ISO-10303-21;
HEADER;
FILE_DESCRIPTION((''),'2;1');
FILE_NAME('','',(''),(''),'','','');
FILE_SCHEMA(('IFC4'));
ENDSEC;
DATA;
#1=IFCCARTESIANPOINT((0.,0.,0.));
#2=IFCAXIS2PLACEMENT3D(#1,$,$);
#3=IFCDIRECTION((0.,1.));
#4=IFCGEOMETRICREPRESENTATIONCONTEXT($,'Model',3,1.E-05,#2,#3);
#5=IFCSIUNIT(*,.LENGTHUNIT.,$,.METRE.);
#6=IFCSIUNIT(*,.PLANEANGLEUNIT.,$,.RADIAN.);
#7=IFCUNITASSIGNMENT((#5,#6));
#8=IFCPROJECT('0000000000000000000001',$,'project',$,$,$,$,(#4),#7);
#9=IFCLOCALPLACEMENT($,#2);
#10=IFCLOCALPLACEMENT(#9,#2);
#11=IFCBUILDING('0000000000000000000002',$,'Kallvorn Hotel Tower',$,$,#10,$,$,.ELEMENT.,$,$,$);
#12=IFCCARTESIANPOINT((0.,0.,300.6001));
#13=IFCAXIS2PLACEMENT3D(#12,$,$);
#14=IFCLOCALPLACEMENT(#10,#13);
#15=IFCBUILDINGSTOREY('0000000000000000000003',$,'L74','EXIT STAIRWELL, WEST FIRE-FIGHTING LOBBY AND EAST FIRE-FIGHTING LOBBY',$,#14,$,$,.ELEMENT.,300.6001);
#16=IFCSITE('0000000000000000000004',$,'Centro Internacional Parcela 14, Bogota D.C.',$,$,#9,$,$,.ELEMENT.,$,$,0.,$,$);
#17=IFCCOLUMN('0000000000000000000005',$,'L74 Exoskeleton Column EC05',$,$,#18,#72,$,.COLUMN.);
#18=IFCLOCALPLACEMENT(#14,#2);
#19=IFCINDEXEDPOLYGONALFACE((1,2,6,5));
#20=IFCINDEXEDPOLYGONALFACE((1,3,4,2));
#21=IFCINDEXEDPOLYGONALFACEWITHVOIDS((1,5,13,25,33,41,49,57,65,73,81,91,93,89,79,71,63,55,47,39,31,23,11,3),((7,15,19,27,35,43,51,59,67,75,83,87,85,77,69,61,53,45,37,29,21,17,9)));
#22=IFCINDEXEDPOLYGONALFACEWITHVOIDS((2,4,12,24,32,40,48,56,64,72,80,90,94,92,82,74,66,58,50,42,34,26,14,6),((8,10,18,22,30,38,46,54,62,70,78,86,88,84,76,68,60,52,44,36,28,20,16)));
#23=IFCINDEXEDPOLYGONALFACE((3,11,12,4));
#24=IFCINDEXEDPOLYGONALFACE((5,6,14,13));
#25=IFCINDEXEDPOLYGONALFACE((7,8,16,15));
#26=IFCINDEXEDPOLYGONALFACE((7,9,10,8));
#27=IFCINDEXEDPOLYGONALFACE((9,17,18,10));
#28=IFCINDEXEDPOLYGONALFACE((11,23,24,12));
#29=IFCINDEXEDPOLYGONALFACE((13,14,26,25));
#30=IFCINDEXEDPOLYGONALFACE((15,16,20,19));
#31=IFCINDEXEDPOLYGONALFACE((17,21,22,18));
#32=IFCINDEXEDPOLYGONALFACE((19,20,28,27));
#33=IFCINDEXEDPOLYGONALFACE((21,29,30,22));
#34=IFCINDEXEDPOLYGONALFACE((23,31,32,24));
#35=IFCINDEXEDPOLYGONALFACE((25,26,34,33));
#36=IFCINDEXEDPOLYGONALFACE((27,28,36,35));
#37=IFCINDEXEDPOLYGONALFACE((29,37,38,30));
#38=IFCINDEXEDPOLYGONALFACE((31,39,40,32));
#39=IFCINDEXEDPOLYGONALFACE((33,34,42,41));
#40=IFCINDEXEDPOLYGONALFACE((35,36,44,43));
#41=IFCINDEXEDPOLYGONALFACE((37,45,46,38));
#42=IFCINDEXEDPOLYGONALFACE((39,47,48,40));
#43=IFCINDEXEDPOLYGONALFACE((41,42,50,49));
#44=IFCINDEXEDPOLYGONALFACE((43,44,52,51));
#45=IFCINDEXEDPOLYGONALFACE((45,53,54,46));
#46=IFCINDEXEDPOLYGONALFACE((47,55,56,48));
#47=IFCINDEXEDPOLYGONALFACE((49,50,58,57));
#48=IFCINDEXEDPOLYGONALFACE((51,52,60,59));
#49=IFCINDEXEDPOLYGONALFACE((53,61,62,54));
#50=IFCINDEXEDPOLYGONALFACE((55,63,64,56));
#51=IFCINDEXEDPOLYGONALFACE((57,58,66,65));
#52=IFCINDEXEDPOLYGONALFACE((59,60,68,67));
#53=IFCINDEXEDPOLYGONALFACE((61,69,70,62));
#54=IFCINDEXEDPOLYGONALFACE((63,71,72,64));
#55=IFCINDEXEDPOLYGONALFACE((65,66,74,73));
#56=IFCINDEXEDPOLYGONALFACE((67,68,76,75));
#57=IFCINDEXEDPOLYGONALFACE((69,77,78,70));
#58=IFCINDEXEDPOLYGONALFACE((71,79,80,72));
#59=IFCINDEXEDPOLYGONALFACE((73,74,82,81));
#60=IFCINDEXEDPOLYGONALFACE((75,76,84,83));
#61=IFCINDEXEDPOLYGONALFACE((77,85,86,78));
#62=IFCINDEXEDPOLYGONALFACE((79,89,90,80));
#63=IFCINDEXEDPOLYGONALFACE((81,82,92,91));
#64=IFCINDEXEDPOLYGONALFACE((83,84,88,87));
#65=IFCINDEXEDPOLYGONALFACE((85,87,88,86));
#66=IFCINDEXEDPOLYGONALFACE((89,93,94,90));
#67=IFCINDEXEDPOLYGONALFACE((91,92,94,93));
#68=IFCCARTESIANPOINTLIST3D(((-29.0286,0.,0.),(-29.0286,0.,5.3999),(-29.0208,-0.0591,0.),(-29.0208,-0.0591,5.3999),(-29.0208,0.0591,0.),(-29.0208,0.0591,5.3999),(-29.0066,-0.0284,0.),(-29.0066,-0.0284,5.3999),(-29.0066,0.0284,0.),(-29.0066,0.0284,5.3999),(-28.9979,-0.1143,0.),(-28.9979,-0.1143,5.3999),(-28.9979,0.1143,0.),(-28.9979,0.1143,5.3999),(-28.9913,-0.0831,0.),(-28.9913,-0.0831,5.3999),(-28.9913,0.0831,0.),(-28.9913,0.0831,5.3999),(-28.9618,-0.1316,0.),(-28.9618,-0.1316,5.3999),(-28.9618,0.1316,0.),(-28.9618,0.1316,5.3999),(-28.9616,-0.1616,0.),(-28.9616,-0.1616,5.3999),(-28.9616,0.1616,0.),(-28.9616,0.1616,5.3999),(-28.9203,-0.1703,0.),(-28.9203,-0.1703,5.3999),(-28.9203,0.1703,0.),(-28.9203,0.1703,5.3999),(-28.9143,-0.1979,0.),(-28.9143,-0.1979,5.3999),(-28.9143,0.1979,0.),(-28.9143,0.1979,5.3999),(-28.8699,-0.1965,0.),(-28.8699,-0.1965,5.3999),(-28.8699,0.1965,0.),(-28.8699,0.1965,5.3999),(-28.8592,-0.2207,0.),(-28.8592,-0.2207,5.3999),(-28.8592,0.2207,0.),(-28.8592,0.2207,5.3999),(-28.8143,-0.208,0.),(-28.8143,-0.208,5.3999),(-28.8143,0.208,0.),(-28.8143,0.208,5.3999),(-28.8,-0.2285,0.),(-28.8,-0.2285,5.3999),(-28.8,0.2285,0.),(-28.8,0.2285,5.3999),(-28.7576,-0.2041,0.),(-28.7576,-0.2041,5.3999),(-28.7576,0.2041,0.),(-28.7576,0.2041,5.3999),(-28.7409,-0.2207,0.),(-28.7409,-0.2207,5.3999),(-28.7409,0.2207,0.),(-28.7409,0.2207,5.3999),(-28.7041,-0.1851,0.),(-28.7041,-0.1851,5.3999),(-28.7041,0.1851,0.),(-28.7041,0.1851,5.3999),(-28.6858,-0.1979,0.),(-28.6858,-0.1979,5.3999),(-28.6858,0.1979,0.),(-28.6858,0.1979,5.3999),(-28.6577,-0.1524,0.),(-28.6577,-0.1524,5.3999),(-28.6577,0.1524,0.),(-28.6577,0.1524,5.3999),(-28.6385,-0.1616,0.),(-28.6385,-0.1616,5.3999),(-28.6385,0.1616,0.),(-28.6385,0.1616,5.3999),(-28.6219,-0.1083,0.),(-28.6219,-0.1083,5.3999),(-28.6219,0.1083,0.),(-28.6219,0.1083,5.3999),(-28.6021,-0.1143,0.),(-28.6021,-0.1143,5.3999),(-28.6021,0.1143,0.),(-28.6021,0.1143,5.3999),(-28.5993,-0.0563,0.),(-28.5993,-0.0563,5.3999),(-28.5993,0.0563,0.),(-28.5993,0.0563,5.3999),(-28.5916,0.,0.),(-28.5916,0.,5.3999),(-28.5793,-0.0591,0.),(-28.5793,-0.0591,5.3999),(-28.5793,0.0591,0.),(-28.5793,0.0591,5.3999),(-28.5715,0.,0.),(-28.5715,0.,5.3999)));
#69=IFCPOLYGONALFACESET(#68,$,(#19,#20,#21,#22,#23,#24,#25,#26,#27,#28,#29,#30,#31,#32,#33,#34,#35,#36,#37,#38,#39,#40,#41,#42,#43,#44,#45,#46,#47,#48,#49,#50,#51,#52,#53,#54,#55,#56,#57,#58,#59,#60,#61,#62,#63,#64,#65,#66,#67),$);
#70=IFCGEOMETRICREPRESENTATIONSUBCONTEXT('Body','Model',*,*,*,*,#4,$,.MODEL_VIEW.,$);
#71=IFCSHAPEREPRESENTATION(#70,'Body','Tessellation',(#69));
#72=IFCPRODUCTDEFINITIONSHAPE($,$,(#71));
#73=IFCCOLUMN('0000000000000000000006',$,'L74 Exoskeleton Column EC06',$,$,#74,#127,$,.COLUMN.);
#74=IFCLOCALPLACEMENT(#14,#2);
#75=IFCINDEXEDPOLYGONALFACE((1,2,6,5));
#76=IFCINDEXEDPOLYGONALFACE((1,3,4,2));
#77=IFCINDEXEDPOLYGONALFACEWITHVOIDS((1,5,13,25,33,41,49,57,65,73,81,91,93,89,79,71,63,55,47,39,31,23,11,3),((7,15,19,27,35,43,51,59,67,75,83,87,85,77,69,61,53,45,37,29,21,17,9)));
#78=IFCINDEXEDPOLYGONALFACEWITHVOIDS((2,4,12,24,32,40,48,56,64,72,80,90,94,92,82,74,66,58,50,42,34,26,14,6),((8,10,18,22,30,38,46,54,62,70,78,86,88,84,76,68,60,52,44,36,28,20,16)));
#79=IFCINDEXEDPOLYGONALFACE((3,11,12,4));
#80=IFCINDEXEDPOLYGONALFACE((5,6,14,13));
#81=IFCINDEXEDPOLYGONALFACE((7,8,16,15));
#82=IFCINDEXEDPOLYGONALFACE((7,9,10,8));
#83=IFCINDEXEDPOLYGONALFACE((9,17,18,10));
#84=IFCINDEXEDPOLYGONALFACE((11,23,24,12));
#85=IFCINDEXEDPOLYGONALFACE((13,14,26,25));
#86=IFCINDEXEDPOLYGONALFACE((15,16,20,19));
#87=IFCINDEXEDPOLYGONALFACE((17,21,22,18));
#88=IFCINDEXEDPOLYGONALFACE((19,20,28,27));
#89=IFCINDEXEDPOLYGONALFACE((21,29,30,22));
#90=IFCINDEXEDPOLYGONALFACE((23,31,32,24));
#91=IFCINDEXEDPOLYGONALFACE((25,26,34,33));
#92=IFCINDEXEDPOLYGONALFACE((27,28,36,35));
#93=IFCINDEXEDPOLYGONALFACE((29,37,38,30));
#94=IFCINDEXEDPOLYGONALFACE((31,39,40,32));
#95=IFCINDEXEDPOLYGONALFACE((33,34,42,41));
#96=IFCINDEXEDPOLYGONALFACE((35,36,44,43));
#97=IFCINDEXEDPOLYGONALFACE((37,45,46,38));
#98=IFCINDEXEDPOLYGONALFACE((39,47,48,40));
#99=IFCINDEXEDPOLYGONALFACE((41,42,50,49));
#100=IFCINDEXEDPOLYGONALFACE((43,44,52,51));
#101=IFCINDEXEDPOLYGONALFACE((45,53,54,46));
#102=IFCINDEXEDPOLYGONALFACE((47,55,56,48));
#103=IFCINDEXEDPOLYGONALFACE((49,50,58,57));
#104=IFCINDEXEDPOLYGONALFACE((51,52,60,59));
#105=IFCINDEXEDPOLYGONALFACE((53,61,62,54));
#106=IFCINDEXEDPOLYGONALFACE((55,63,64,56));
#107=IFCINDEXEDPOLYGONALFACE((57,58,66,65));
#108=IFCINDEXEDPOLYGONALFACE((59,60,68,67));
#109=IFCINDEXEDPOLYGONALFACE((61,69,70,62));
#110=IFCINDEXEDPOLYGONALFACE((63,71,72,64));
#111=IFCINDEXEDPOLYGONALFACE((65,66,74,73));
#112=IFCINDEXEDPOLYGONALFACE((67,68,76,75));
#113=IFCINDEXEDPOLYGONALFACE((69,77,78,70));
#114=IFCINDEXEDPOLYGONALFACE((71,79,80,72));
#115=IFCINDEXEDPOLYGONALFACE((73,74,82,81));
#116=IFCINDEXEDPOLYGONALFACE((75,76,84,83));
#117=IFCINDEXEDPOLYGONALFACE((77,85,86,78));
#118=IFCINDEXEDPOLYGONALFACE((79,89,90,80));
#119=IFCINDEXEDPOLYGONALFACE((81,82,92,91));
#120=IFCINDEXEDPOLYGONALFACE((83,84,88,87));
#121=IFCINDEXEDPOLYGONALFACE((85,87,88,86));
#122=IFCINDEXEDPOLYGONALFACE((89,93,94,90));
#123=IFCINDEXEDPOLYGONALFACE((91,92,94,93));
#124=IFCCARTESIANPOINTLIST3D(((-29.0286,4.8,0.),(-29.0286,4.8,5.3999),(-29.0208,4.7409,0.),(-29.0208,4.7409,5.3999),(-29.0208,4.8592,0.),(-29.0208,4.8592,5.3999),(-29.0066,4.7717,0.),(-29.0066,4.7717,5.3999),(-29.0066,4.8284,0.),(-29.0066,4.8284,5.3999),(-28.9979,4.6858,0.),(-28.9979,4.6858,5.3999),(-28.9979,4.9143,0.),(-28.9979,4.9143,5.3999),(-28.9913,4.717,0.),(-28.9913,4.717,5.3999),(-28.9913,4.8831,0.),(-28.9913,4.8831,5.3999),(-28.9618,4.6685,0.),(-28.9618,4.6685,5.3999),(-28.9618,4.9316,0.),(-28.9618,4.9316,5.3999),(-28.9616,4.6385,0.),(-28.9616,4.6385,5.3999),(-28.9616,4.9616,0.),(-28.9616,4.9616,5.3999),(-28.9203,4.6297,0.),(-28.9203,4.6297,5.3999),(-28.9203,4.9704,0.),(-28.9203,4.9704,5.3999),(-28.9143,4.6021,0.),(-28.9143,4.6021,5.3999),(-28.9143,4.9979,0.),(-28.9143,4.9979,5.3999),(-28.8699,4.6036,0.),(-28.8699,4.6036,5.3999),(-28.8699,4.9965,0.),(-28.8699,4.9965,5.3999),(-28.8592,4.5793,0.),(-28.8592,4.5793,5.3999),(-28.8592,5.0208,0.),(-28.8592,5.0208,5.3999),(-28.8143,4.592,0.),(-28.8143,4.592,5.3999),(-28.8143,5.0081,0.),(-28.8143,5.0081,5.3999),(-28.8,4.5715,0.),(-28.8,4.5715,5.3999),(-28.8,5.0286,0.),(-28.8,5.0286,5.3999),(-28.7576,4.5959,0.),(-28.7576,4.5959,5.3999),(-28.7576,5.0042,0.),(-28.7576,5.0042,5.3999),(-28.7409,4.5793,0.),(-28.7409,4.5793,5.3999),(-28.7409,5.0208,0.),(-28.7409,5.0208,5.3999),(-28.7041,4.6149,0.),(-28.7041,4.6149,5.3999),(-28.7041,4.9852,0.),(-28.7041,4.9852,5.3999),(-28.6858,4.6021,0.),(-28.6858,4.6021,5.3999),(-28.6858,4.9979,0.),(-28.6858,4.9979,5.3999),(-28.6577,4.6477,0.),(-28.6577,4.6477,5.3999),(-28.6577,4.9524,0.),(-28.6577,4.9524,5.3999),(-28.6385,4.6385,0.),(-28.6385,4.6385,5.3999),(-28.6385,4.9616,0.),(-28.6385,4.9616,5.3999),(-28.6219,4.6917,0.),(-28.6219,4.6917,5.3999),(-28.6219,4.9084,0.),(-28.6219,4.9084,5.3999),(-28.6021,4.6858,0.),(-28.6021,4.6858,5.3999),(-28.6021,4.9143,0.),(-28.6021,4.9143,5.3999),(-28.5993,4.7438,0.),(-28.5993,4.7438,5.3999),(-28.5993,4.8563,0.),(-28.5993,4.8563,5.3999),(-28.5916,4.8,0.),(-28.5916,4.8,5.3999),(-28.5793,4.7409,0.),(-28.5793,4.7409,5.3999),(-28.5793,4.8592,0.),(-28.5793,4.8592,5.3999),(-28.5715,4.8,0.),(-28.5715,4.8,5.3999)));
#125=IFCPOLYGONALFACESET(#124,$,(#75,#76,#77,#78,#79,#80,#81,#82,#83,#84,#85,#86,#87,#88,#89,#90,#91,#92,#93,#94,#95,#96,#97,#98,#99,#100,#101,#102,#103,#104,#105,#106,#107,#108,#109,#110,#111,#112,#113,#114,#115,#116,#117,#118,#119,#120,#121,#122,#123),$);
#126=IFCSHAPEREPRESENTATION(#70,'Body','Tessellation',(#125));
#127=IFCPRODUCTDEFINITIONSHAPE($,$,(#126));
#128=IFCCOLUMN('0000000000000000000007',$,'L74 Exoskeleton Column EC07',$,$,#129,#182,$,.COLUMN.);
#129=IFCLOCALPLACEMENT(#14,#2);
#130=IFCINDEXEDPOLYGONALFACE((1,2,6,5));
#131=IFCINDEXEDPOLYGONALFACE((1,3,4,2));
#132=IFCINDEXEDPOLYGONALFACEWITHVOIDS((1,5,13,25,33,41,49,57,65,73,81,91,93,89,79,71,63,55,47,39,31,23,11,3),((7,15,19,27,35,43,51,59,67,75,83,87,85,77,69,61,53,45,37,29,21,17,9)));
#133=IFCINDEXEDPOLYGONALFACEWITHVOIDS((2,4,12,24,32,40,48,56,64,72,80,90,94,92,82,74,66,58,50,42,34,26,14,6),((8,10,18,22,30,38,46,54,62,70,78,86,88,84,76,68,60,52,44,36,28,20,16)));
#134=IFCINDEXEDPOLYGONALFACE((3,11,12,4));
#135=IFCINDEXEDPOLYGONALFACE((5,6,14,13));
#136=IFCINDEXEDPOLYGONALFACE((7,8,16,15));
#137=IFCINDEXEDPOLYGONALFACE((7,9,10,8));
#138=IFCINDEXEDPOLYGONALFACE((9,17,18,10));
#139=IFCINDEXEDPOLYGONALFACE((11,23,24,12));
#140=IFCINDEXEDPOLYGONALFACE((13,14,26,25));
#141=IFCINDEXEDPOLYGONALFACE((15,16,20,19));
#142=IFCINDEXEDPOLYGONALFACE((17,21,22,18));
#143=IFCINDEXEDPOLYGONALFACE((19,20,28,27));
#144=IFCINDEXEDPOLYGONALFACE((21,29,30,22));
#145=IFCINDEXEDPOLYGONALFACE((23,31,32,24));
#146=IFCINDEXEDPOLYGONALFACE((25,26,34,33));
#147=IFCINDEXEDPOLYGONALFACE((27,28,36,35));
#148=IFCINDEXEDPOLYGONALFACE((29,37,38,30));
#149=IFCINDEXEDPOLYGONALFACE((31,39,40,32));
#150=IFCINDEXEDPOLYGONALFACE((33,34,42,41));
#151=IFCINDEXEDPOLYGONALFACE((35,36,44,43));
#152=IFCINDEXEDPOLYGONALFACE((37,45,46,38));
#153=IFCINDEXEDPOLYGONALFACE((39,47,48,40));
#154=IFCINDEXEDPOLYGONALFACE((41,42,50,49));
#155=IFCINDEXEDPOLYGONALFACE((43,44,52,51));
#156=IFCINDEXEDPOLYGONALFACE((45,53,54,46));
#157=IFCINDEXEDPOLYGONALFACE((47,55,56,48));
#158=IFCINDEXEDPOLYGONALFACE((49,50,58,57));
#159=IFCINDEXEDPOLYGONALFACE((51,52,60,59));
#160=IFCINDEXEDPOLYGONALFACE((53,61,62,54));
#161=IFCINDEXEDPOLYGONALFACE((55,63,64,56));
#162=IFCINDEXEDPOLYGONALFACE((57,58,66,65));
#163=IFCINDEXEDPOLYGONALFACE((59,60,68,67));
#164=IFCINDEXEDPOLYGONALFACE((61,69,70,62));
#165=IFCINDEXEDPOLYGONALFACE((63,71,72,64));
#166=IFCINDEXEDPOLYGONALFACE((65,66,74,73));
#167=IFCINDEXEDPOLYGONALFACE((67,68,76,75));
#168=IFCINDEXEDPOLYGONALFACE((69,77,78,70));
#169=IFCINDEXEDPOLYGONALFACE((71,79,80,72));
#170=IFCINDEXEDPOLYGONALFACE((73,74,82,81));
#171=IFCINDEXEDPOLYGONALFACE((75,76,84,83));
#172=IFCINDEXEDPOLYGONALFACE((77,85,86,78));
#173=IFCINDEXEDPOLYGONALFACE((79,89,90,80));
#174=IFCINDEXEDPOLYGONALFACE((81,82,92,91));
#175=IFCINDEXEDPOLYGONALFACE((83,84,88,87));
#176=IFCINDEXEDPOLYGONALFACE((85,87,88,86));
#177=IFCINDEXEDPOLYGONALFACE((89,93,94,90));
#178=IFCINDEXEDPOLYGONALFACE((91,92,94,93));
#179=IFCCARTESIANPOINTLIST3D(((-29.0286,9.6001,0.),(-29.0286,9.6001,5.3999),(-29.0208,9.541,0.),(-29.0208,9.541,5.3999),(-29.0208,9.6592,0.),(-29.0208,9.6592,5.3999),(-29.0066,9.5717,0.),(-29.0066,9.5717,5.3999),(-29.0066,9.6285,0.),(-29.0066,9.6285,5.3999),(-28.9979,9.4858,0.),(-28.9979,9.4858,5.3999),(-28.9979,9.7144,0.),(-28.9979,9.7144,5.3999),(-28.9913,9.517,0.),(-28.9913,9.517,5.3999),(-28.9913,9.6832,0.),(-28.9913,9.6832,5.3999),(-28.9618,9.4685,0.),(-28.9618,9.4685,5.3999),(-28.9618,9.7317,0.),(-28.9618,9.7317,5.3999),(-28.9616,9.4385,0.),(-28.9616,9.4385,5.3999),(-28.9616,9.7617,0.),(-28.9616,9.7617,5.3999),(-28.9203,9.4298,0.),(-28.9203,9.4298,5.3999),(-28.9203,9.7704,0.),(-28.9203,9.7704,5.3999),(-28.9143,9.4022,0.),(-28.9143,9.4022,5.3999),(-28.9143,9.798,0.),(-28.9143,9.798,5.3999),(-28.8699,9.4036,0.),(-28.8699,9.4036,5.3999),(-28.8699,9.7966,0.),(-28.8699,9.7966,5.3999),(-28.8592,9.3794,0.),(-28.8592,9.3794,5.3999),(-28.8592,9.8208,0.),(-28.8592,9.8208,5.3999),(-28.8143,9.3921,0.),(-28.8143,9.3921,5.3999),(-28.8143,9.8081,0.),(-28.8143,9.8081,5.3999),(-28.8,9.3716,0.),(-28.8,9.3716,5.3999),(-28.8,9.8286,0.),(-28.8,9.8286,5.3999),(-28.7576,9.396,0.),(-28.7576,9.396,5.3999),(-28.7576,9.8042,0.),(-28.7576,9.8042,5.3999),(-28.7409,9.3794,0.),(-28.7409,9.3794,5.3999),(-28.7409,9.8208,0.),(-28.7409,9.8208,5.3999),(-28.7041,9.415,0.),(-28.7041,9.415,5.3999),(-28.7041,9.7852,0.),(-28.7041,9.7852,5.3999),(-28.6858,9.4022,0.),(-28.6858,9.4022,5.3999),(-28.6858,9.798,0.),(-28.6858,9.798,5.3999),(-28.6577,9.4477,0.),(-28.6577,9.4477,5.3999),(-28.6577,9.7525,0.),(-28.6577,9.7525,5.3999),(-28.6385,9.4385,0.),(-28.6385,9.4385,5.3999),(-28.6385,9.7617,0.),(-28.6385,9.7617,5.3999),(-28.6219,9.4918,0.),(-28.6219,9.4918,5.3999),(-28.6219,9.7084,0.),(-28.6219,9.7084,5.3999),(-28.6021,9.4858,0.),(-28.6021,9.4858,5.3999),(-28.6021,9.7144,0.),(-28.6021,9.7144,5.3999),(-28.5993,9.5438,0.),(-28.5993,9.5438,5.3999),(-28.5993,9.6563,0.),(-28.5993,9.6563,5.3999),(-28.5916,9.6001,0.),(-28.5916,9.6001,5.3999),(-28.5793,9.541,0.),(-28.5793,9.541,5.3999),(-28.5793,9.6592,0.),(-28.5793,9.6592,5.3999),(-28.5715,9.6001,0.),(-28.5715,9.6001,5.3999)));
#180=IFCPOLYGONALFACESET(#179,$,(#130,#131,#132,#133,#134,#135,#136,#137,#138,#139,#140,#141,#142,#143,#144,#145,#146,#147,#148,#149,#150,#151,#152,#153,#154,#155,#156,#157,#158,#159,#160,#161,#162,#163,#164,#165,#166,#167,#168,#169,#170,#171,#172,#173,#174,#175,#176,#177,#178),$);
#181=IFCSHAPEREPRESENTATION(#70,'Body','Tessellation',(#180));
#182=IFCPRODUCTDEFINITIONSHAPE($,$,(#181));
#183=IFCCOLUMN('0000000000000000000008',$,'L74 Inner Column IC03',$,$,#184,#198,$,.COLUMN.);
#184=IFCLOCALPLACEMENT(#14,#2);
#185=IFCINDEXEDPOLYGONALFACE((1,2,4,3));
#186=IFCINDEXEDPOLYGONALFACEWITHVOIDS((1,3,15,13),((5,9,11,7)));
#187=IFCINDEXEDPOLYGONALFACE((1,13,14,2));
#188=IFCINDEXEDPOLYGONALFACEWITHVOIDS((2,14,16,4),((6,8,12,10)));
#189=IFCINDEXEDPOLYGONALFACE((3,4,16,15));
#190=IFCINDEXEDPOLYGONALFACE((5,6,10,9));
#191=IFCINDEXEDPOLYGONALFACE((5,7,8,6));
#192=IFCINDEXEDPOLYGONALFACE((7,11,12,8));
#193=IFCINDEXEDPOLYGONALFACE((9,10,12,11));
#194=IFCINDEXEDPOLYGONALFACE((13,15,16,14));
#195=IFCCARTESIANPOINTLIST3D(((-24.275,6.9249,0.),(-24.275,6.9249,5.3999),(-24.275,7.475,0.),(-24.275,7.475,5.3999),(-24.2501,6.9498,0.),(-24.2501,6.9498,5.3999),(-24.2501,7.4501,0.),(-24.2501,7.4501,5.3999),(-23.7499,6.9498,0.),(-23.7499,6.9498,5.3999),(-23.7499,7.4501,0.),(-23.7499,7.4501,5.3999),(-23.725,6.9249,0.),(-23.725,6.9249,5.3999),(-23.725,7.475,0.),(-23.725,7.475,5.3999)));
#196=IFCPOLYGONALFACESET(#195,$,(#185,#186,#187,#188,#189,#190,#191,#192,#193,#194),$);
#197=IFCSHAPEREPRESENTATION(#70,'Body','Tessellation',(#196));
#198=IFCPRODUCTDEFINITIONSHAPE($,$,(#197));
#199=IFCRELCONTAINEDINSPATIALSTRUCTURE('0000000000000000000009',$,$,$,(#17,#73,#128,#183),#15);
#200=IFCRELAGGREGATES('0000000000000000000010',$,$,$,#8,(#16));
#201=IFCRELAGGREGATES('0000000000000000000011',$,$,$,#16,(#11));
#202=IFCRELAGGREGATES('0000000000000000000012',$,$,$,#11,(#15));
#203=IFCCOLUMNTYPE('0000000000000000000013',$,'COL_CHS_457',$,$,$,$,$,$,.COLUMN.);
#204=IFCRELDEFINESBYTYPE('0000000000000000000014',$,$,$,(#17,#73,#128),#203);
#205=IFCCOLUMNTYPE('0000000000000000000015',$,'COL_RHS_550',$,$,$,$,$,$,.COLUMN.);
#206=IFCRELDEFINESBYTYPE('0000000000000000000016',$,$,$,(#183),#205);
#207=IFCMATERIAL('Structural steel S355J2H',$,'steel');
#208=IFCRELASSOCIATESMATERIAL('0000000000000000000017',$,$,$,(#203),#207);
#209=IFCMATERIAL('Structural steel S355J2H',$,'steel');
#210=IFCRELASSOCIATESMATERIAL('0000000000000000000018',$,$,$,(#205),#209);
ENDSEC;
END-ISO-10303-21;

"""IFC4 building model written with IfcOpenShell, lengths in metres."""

from ifc_helpers import new_model, si_unit, direction, frame, origin, origin_2d, place, context, subcontext, project, spatial, hollow_rectangle, hollow_circle, extrude, material, material_profile, profile_set, type_object, element, save


model = new_model("IFC4")

# Units and contexts
model_context = context("Model", 3, precision=1e-05, world=origin(), true_north=direction((0.0, 1.0)))
body_context = subcontext(model_context, "Body", "Model", "MODEL_VIEW")
ifc_project = project(units=[si_unit("LENGTHUNIT", "METRE"), si_unit("PLANEANGLEUNIT", "RADIAN")], contexts=[model_context])

# Site, building, storey
site_placement = place(None, origin())
site = spatial("IfcSite", under=ifc_project, at=site_placement, Name="Centro Internacional Parcela 14, Bogota D.C.", CompositionType="ELEMENT", RefElevation=0.0)
building_placement = place(site_placement, origin())
building = spatial("IfcBuilding", under=site, at=building_placement, Name="Kallvorn Hotel Tower", CompositionType="ELEMENT")
storey_placement = place(building_placement, frame((0.0, 0.0, 300.6001)))
storey = spatial("IfcBuildingStorey", under=building, at=storey_placement, Name="L74", Description="EXIT STAIRWELL, WEST FIRE-FIGHTING LOBBY AND EAST FIRE-FIGHTING LOBBY", CompositionType="ELEMENT", Elevation=300.6001)

# Columns
ifc_material_1 = material(Name="Structural steel S355J2H", Category="steel")
ifc_material_profile_1 = material_profile(ifc_material_1, hollow_circle(Radius=0.2285, WallThickness=0.02, at=origin_2d()), Name="CHS 457x20")
ifc_profile_set_1 = profile_set([ifc_material_profile_1], Name="Structural steel S355J2H")
column_type_1 = type_object("IfcColumnType", Name="COL_CHS_457", PredefinedType="COLUMN", material=ifc_profile_set_1)
for number, where, z_axis, x_axis, name in (
    (1, (-28.8, 0.0, 0.0), (0.0, 0.0, 1.0), (1.0, 0.0, 0.0), "L74 Exoskeleton Column EC05"),
    (2, (-28.8, 4.8, 0.0), (0.0, 0.0, 1.0), (1.0, 0.0, 0.0), "L74 Exoskeleton Column EC06"),
    (3, (-28.8, 9.6001, 0.0), (0.0, 0.0, 1.0), (1.0, 0.0, 0.0), "L74 Exoskeleton Column EC07"),
):
    element("IfcColumn", number, at=place(storey_placement, frame(where, z_axis=z_axis, x_axis=x_axis)), inside=storey, type_object=column_type_1, Name=name, PredefinedType="COLUMN", context=body_context, shape_type="SweptSolid", body=[
        extrude(hollow_circle(Radius=0.2285, WallThickness=0.02, at=origin_2d()), origin(), (0.0, 0.0, 1.0), 5.3999),
    ])
ifc_material_2 = material(Name="Structural steel S355J2H", Category="steel")
ifc_material_profile_2 = material_profile(ifc_material_2, hollow_rectangle(XDim=0.55, YDim=0.55, WallThickness=0.0249, at=origin_2d()), Name="RHS 550x550x25")
ifc_profile_set_2 = profile_set([ifc_material_profile_2], Name="Structural steel S355J2H")
column_type_2 = type_object("IfcColumnType", Name="COL_RHS_550", PredefinedType="COLUMN", material=ifc_profile_set_2)
for number, where, z_axis, x_axis, name in (
    (4, (-24.0, 7.2, 0.0), (0.0, 0.0, 1.0), (1.0, 0.0, 0.0), "L74 Inner Column IC03"),
):
    element("IfcColumn", number, at=place(storey_placement, frame(where, z_axis=z_axis, x_axis=x_axis)), inside=storey, type_object=column_type_2, Name=name, PredefinedType="COLUMN", context=body_context, shape_type="SweptSolid", body=[
        extrude(hollow_rectangle(XDim=0.55, YDim=0.55, WallThickness=0.0249, at=origin_2d()), origin(), (0.0, 0.0, 1.0), 5.3999),
    ])

save(model, "model.ifc")
